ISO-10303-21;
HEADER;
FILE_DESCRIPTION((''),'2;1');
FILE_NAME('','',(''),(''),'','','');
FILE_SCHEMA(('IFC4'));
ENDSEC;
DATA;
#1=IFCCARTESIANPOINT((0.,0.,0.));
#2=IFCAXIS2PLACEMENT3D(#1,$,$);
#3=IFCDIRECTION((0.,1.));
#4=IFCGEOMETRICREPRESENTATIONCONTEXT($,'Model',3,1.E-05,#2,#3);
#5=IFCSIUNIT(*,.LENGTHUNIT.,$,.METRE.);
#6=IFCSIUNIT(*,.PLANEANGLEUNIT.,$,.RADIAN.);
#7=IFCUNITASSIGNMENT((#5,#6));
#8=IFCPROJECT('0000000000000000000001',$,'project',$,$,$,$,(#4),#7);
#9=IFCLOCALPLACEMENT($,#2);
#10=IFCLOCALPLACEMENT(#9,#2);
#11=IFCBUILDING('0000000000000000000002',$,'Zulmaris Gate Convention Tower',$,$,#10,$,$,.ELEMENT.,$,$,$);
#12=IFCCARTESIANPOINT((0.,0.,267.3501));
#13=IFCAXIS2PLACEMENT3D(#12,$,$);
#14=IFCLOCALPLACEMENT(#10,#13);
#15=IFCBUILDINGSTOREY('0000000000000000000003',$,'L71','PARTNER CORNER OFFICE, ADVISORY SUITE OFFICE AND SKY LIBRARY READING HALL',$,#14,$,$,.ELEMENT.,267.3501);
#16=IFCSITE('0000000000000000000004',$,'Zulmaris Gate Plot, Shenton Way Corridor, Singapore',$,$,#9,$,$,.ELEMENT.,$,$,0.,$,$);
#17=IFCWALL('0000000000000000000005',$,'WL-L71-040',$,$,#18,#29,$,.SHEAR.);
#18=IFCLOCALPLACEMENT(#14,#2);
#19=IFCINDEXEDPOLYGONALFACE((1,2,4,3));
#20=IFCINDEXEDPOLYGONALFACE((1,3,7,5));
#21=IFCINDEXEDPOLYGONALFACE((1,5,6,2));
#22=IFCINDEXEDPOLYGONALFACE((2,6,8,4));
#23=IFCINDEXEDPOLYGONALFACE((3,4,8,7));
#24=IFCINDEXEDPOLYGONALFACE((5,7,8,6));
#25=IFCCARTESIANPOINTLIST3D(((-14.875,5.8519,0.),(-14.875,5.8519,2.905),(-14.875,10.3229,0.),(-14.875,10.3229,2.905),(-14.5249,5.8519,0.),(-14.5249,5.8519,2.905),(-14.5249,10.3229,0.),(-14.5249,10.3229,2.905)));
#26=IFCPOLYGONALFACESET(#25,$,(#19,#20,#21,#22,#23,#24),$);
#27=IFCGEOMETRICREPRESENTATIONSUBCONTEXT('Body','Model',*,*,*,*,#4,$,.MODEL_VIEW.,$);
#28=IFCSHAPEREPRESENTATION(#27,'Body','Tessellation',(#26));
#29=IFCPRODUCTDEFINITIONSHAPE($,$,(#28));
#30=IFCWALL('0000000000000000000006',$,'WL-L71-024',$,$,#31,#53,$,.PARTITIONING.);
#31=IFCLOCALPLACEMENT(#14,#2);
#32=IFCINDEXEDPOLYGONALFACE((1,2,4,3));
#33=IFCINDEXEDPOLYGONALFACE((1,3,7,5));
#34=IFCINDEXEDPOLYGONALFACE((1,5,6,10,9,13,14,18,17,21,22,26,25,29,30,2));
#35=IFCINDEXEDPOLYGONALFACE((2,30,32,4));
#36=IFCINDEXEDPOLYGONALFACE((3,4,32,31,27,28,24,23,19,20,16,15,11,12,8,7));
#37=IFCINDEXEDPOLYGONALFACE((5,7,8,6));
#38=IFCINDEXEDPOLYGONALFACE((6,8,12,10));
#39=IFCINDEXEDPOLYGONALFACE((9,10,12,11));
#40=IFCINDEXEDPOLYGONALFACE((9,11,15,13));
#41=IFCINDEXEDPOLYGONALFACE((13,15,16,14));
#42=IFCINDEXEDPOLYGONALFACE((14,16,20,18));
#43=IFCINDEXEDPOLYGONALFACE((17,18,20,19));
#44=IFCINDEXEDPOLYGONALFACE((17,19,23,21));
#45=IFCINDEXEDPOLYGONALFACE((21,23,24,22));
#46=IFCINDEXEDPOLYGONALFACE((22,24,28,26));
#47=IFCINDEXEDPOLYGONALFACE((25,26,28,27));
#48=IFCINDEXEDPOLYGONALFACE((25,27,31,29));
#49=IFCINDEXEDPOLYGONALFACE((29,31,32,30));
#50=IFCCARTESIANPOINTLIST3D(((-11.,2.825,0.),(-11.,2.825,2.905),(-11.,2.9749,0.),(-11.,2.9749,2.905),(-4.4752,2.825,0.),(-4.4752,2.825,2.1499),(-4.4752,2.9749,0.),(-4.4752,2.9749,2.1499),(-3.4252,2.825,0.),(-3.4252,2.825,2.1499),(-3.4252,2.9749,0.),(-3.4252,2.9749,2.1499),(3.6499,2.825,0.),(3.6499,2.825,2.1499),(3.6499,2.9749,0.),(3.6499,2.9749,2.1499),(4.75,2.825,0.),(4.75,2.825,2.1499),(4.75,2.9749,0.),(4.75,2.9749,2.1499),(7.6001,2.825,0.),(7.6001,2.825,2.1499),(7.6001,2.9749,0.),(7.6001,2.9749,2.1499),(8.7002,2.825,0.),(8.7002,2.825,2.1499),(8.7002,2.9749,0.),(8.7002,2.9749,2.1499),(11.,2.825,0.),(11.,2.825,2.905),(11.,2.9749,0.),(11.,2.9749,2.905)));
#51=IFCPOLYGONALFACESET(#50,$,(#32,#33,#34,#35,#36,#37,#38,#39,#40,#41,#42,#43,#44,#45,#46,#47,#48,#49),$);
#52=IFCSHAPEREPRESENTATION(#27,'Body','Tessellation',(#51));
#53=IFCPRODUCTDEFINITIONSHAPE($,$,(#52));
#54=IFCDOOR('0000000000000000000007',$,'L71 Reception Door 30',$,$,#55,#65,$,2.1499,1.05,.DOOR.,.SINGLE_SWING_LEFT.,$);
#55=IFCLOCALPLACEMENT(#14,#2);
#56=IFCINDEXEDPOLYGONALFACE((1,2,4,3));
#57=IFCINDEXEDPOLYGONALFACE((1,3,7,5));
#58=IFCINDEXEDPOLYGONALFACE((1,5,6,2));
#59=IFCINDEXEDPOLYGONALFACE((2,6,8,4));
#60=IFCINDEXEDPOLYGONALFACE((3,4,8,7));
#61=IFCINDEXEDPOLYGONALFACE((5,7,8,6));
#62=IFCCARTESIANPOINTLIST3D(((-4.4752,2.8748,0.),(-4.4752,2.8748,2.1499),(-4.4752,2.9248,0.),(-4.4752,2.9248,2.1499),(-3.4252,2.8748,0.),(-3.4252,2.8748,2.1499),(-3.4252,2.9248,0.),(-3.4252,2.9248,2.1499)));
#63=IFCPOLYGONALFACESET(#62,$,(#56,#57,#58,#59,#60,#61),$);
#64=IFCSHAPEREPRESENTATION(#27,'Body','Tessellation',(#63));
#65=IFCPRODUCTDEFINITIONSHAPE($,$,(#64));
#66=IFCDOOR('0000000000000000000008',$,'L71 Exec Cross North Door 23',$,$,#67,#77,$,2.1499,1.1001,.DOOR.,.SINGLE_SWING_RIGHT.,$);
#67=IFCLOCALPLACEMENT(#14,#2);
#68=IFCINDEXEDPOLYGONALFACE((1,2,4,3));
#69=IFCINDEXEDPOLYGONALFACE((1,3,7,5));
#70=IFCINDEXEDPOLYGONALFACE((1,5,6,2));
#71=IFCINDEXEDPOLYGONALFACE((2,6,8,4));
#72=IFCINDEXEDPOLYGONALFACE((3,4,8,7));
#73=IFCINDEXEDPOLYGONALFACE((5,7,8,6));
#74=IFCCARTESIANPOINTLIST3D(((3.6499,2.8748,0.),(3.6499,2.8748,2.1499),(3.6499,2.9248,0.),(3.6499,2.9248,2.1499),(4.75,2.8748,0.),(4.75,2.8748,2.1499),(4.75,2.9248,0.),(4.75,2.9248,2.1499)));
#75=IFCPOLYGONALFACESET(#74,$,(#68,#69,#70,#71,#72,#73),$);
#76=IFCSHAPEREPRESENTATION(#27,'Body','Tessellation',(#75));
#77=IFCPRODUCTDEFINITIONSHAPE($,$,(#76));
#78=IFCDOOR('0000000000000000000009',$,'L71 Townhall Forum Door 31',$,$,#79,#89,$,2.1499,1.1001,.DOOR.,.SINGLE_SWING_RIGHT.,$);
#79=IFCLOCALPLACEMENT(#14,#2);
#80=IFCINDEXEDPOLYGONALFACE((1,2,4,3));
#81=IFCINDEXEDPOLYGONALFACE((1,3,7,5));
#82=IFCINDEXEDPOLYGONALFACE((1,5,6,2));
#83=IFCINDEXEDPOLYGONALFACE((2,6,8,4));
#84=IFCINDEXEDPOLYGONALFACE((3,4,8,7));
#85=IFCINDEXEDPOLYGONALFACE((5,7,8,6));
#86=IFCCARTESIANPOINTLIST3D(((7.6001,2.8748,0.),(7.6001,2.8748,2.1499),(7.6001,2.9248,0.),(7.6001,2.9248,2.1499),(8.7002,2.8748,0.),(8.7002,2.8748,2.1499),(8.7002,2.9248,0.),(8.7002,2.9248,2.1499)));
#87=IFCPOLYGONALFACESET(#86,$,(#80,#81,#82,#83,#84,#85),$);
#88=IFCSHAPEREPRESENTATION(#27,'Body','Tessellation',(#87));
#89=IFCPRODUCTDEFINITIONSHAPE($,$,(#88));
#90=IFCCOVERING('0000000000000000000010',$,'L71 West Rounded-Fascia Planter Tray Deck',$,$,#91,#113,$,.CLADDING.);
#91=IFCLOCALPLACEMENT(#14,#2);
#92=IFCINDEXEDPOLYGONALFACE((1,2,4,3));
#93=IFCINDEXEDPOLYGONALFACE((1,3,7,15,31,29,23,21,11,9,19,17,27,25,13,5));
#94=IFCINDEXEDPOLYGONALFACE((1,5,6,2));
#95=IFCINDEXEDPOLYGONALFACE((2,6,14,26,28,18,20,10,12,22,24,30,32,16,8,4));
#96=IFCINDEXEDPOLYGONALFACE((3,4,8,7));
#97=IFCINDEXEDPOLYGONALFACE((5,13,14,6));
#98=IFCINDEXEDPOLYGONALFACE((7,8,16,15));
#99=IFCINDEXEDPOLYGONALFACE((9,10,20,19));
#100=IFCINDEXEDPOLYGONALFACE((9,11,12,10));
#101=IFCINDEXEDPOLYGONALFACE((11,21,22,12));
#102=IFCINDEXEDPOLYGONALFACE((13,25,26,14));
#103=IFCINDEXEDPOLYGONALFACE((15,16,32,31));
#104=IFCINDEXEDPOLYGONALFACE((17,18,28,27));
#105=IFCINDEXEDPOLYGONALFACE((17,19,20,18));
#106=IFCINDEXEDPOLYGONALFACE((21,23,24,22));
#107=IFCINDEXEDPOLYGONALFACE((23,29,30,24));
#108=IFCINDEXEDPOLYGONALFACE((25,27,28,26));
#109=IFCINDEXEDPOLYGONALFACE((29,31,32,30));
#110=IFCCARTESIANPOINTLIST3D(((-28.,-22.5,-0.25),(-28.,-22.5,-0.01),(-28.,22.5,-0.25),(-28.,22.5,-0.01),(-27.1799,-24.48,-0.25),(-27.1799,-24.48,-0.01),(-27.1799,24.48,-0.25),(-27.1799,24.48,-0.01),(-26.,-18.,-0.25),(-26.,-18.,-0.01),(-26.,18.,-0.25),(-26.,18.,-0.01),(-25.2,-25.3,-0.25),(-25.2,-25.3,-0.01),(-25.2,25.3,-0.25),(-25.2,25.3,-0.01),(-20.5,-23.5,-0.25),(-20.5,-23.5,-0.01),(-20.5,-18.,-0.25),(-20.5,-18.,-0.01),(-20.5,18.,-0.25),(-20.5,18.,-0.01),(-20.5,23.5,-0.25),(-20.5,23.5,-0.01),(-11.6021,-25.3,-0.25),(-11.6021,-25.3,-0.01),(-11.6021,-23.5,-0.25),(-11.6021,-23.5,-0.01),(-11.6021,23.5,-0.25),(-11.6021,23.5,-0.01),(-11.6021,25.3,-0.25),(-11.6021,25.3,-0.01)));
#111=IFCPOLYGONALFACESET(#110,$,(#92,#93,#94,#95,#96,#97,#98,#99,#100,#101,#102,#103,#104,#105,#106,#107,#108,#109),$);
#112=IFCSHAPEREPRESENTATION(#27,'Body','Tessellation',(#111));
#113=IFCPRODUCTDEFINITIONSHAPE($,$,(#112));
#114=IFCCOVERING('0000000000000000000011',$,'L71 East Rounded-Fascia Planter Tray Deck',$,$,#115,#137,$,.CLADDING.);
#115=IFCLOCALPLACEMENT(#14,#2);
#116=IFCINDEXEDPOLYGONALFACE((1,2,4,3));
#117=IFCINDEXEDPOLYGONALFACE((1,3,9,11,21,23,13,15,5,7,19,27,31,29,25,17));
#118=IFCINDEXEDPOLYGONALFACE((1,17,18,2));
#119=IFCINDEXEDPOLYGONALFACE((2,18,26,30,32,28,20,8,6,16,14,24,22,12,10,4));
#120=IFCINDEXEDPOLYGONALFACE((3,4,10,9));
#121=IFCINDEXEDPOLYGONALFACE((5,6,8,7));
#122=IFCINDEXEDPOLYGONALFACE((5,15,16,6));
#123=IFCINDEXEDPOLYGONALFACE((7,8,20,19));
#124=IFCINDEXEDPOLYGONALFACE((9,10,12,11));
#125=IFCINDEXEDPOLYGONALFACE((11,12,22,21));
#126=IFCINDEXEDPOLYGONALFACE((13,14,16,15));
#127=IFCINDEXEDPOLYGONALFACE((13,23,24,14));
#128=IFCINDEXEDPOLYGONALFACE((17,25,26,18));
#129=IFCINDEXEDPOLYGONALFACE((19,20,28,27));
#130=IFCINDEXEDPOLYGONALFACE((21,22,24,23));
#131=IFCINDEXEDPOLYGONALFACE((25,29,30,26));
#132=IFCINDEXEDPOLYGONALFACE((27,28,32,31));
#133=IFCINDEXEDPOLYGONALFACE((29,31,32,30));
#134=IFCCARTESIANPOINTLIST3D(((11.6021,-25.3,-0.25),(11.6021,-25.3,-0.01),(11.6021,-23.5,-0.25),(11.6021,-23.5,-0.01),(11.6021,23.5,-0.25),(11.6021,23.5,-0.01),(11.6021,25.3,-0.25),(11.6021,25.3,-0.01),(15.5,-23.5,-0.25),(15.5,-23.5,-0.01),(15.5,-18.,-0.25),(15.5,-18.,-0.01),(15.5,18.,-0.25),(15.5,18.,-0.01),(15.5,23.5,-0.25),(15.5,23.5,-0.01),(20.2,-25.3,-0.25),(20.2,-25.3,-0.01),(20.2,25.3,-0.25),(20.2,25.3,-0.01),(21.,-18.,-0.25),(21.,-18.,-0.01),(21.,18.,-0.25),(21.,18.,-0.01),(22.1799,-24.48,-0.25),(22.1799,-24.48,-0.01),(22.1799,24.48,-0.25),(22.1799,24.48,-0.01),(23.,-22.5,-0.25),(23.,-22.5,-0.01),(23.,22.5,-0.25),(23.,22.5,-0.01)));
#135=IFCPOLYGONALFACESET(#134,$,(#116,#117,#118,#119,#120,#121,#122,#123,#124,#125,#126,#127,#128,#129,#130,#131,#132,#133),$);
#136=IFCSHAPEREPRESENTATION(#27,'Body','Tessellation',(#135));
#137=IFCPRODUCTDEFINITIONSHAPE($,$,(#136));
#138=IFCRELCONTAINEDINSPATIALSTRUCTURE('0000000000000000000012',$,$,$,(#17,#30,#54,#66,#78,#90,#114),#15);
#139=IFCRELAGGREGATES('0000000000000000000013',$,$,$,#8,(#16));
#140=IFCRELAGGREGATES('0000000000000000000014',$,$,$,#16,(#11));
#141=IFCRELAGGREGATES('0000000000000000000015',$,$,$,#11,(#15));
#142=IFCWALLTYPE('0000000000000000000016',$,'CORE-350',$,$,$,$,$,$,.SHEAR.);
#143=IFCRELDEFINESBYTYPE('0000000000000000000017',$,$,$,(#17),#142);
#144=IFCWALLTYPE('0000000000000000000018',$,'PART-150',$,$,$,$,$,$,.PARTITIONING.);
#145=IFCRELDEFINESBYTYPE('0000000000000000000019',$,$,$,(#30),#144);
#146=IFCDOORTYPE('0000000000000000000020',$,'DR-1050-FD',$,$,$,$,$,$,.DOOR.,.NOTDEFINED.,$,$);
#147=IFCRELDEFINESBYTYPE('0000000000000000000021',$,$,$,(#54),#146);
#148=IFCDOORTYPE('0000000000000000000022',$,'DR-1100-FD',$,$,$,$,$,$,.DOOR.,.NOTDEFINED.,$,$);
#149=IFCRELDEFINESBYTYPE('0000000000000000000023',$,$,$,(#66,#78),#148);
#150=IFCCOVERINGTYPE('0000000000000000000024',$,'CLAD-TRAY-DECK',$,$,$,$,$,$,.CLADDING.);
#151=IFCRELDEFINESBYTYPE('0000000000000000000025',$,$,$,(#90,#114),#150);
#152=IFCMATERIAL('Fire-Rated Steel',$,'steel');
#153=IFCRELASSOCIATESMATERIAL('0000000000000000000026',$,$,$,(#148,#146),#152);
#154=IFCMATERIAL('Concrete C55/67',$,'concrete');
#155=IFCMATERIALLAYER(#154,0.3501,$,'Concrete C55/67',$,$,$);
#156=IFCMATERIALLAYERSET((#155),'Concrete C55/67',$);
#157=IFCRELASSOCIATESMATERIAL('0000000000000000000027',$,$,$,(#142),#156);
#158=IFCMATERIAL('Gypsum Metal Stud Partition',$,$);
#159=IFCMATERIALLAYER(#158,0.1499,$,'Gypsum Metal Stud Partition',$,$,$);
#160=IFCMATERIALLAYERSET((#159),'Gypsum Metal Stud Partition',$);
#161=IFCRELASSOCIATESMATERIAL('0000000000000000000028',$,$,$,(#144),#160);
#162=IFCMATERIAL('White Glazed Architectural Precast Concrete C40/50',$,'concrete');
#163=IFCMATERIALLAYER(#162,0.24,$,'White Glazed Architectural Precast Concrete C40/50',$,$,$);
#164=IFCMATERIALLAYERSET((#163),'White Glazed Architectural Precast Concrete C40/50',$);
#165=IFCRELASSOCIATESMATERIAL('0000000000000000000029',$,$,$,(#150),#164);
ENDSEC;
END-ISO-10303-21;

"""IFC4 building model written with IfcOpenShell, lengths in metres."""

from ifc_helpers import new_model, si_unit, direction, frame, frame_2d, origin, place, context, subcontext, project, spatial, polyline, rectangle, outline, extrude, material, layer, layer_set, type_object, element, fill, save


model = new_model("IFC4")

# Units and contexts
model_context = context("Model", 3, precision=1e-05, world=origin(), true_north=direction((0.0, 1.0)))
body_context = subcontext(model_context, "Body", "Model", "MODEL_VIEW")
ifc_project = project(units=[si_unit("LENGTHUNIT", "METRE"), si_unit("PLANEANGLEUNIT", "RADIAN")], contexts=[model_context])

# Site, building, storey
site_placement = place(None, origin())
site = spatial("IfcSite", under=ifc_project, at=site_placement, Name="Zulmaris Gate Plot, Shenton Way Corridor, Singapore", CompositionType="ELEMENT", RefElevation=0.0)
building_placement = place(site_placement, origin())
building = spatial("IfcBuilding", under=site, at=building_placement, Name="Zulmaris Gate Convention Tower", CompositionType="ELEMENT")
storey_placement = place(building_placement, frame((0.0, 0.0, 267.3501)))
storey = spatial("IfcBuildingStorey", under=building, at=storey_placement, Name="L71", Description="PARTNER CORNER OFFICE, ADVISORY SUITE OFFICE AND SKY LIBRARY READING HALL", CompositionType="ELEMENT", Elevation=267.3501)

# Shared definitions
ifc_material_1 = material(Name="Fire-Rated Steel", Category="steel")
door_type_1 = type_object("IfcDoorType", Name="DR-1100-FD", OperationType="NOTDEFINED", PredefinedType="DOOR", material=ifc_material_1)

# Wall
ifc_material_2 = material(Name="Concrete C55/67", Category="concrete")
ifc_layer_1 = layer(ifc_material_2, 0.3501, Name="Concrete C55/67")
ifc_layer_set_1 = layer_set([ifc_layer_1], Name="Concrete C55/67")
wall_type_1 = type_object("IfcWallType", Name="CORE-350", PredefinedType="SHEAR", material=ifc_layer_set_1)
wall_1_placement = place(storey_placement, frame((-14.7, 5.8521, 0.0), z_axis=(0.0, 0.0, 1.0), x_axis=(0.0, 1.0, 0.0)))
element("IfcWall", 1, at=wall_1_placement, inside=storey, type_object=wall_type_1, Name="WL-L71-040", PredefinedType="SHEAR", context=body_context, shape_type="SweptSolid", body=[
    extrude(rectangle(XDim=4.4709, YDim=0.3501, at=frame_2d((2.2354, 0.0))), origin(), (0.0, 0.0, 1.0), 2.905),
])

# Wall, openings, doors
ifc_material_3 = material(Name="Gypsum Metal Stud Partition")
ifc_layer_2 = layer(ifc_material_3, 0.1499, Name="Gypsum Metal Stud Partition")
ifc_layer_set_2 = layer_set([ifc_layer_2], Name="Gypsum Metal Stud Partition")
wall_type_2 = type_object("IfcWallType", Name="PART-150", PredefinedType="PARTITIONING", material=ifc_layer_set_2)
wall_2_placement = place(storey_placement, frame((-11.0, 2.8999, 0.0), z_axis=(0.0, 0.0, 1.0), x_axis=(1.0, 0.0, 0.0)))
wall_2 = element("IfcWall", 2, at=wall_2_placement, inside=storey, type_object=wall_type_2, Name="WL-L71-024", PredefinedType="PARTITIONING", context=body_context, shape_type="SweptSolid", body=[
    extrude(rectangle(XDim=22.0, YDim=0.1499, at=frame_2d((11.0, 0.0))), origin(), (0.0, 0.0, 1.0), 2.905),
])
opening_1_placement = place(wall_2_placement, frame((14.6499, 0.0, 0.0)))
opening_1 = element("IfcOpeningElement", 3, at=opening_1_placement, cuts=wall_2, PredefinedType="OPENING", context=body_context, shape_type="SweptSolid", body=[
    extrude(rectangle(XDim=1.1001, YDim=2.1499, at=frame_2d((0.55, 1.075))), frame((0.0, 0.085, 0.0), z_axis=(0.0, -1.0, 0.0), x_axis=(1.0, 0.0, 0.0)), (0.0, 0.0, 1.0), 0.1699),
])
opening_2_placement = place(wall_2_placement, frame((6.5249, 0.0, 0.0)))
opening_2 = element("IfcOpeningElement", 4, at=opening_2_placement, cuts=wall_2, PredefinedType="OPENING", context=body_context, shape_type="SweptSolid", body=[
    extrude(rectangle(XDim=1.05, YDim=2.1499, at=frame_2d((0.5249, 1.075))), frame((0.0, 0.085, 0.0), z_axis=(0.0, -1.0, 0.0), x_axis=(1.0, 0.0, 0.0)), (0.0, 0.0, 1.0), 0.1699),
])
opening_3_placement = place(wall_2_placement, frame((18.6001, 0.0, 0.0)))
opening_3 = element("IfcOpeningElement", 5, at=opening_3_placement, cuts=wall_2, PredefinedType="OPENING", context=body_context, shape_type="SweptSolid", body=[
    extrude(rectangle(XDim=1.1001, YDim=2.1499, at=frame_2d((0.55, 1.075))), frame((0.0, 0.085, 0.0), z_axis=(0.0, -1.0, 0.0), x_axis=(1.0, 0.0, 0.0)), (0.0, 0.0, 1.0), 0.1699),
])
door_type_2 = type_object("IfcDoorType", Name="DR-1050-FD", OperationType="NOTDEFINED", PredefinedType="DOOR", material=ifc_material_1)
door_1_placement = place(opening_2_placement, origin())
door_1 = element("IfcDoor", 6, at=door_1_placement, inside=storey, type_object=door_type_2, Name="L71 Reception Door 30", OperationType="SINGLE_SWING_LEFT", OverallHeight=2.1499, OverallWidth=1.05, PredefinedType="DOOR", context=body_context, shape_type="SweptSolid", body=[
    extrude(rectangle(XDim=1.05, YDim=2.1499, at=frame_2d((0.5249, 1.075))), frame((0.0, 0.0249, 0.0), z_axis=(0.0, -1.0, 0.0), x_axis=(1.0, 0.0, 0.0)), (0.0, 0.0, 1.0), 0.05),
])
fill(opening_2, door_1)
door_2_placement = place(opening_1_placement, origin())
door_2 = element("IfcDoor", 7, at=door_2_placement, inside=storey, type_object=door_type_1, Name="L71 Exec Cross North Door 23", OperationType="SINGLE_SWING_RIGHT", OverallHeight=2.1499, OverallWidth=1.1001, PredefinedType="DOOR", context=body_context, shape_type="SweptSolid", body=[
    extrude(rectangle(XDim=1.1001, YDim=2.1499, at=frame_2d((0.55, 1.075))), frame((0.0, 0.0249, 0.0), z_axis=(0.0, -1.0, 0.0), x_axis=(1.0, 0.0, 0.0)), (0.0, 0.0, 1.0), 0.05),
])
fill(opening_1, door_2)
door_3_placement = place(opening_3_placement, origin())
door_3 = element("IfcDoor", 8, at=door_3_placement, inside=storey, type_object=door_type_1, Name="L71 Townhall Forum Door 31", OperationType="SINGLE_SWING_RIGHT", OverallHeight=2.1499, OverallWidth=1.1001, PredefinedType="DOOR", context=body_context, shape_type="SweptSolid", body=[
    extrude(rectangle(XDim=1.1001, YDim=2.1499, at=frame_2d((0.55, 1.075))), frame((0.0, 0.0249, 0.0), z_axis=(0.0, -1.0, 0.0), x_axis=(1.0, 0.0, 0.0)), (0.0, 0.0, 1.0), 0.05),
])
fill(opening_3, door_3)

# Coverings
ifc_material_4 = material(Name="White Glazed Architectural Precast Concrete C40/50", Category="concrete")
ifc_layer_3 = layer(ifc_material_4, 0.24, Name="White Glazed Architectural Precast Concrete C40/50")
ifc_layer_set_3 = layer_set([ifc_layer_3], Name="White Glazed Architectural Precast Concrete C40/50")
covering_type = type_object("IfcCoveringType", Name="CLAD-TRAY-DECK", PredefinedType="CLADDING", material=ifc_layer_set_3)
covering_1_placement = place(storey_placement, frame((0.0, 0.0, -0.25)))
element("IfcCovering", 9, at=covering_1_placement, inside=storey, type_object=covering_type, Name="L71 West Rounded-Fascia Planter Tray Deck", PredefinedType="CLADDING", context=body_context, shape_type="SweptSolid", body=[
    extrude(outline(polyline([(-28.0, 22.5), (-27.1799, 24.48), (-25.2, 25.3), (-11.6021, 25.3), (-11.6021, 23.5), (-20.5, 23.5), (-20.5, 18.0), (-26.0, 18.0), (-26.0, -18.0), (-20.5, -18.0), (-20.5, -23.5), (-11.6021, -23.5), (-11.6021, -25.3), (-25.2, -25.3), (-27.1799, -24.48), (-28.0, -22.5), (-28.0, 22.5)])), origin(), (0.0, 0.0, 1.0), 0.24),
])
covering_2_placement = place(storey_placement, frame((0.0, 0.0, -0.25)))
element("IfcCovering", 10, at=covering_2_placement, inside=storey, type_object=covering_type, Name="L71 East Rounded-Fascia Planter Tray Deck", PredefinedType="CLADDING", context=body_context, shape_type="SweptSolid", body=[
    extrude(outline(polyline([(20.2, 25.3), (22.1799, 24.48), (23.0, 22.5), (23.0, -22.5), (22.1799, -24.48), (20.2, -25.3), (11.6021, -25.3), (11.6021, -23.5), (15.5, -23.5), (15.5, -18.0), (21.0, -18.0), (21.0, 18.0), (15.5, 18.0), (15.5, 23.5), (11.6021, 23.5), (11.6021, 25.3), (20.2, 25.3)])), origin(), (0.0, 0.0, 1.0), 0.24),
])

save(model, "model.ifc")
